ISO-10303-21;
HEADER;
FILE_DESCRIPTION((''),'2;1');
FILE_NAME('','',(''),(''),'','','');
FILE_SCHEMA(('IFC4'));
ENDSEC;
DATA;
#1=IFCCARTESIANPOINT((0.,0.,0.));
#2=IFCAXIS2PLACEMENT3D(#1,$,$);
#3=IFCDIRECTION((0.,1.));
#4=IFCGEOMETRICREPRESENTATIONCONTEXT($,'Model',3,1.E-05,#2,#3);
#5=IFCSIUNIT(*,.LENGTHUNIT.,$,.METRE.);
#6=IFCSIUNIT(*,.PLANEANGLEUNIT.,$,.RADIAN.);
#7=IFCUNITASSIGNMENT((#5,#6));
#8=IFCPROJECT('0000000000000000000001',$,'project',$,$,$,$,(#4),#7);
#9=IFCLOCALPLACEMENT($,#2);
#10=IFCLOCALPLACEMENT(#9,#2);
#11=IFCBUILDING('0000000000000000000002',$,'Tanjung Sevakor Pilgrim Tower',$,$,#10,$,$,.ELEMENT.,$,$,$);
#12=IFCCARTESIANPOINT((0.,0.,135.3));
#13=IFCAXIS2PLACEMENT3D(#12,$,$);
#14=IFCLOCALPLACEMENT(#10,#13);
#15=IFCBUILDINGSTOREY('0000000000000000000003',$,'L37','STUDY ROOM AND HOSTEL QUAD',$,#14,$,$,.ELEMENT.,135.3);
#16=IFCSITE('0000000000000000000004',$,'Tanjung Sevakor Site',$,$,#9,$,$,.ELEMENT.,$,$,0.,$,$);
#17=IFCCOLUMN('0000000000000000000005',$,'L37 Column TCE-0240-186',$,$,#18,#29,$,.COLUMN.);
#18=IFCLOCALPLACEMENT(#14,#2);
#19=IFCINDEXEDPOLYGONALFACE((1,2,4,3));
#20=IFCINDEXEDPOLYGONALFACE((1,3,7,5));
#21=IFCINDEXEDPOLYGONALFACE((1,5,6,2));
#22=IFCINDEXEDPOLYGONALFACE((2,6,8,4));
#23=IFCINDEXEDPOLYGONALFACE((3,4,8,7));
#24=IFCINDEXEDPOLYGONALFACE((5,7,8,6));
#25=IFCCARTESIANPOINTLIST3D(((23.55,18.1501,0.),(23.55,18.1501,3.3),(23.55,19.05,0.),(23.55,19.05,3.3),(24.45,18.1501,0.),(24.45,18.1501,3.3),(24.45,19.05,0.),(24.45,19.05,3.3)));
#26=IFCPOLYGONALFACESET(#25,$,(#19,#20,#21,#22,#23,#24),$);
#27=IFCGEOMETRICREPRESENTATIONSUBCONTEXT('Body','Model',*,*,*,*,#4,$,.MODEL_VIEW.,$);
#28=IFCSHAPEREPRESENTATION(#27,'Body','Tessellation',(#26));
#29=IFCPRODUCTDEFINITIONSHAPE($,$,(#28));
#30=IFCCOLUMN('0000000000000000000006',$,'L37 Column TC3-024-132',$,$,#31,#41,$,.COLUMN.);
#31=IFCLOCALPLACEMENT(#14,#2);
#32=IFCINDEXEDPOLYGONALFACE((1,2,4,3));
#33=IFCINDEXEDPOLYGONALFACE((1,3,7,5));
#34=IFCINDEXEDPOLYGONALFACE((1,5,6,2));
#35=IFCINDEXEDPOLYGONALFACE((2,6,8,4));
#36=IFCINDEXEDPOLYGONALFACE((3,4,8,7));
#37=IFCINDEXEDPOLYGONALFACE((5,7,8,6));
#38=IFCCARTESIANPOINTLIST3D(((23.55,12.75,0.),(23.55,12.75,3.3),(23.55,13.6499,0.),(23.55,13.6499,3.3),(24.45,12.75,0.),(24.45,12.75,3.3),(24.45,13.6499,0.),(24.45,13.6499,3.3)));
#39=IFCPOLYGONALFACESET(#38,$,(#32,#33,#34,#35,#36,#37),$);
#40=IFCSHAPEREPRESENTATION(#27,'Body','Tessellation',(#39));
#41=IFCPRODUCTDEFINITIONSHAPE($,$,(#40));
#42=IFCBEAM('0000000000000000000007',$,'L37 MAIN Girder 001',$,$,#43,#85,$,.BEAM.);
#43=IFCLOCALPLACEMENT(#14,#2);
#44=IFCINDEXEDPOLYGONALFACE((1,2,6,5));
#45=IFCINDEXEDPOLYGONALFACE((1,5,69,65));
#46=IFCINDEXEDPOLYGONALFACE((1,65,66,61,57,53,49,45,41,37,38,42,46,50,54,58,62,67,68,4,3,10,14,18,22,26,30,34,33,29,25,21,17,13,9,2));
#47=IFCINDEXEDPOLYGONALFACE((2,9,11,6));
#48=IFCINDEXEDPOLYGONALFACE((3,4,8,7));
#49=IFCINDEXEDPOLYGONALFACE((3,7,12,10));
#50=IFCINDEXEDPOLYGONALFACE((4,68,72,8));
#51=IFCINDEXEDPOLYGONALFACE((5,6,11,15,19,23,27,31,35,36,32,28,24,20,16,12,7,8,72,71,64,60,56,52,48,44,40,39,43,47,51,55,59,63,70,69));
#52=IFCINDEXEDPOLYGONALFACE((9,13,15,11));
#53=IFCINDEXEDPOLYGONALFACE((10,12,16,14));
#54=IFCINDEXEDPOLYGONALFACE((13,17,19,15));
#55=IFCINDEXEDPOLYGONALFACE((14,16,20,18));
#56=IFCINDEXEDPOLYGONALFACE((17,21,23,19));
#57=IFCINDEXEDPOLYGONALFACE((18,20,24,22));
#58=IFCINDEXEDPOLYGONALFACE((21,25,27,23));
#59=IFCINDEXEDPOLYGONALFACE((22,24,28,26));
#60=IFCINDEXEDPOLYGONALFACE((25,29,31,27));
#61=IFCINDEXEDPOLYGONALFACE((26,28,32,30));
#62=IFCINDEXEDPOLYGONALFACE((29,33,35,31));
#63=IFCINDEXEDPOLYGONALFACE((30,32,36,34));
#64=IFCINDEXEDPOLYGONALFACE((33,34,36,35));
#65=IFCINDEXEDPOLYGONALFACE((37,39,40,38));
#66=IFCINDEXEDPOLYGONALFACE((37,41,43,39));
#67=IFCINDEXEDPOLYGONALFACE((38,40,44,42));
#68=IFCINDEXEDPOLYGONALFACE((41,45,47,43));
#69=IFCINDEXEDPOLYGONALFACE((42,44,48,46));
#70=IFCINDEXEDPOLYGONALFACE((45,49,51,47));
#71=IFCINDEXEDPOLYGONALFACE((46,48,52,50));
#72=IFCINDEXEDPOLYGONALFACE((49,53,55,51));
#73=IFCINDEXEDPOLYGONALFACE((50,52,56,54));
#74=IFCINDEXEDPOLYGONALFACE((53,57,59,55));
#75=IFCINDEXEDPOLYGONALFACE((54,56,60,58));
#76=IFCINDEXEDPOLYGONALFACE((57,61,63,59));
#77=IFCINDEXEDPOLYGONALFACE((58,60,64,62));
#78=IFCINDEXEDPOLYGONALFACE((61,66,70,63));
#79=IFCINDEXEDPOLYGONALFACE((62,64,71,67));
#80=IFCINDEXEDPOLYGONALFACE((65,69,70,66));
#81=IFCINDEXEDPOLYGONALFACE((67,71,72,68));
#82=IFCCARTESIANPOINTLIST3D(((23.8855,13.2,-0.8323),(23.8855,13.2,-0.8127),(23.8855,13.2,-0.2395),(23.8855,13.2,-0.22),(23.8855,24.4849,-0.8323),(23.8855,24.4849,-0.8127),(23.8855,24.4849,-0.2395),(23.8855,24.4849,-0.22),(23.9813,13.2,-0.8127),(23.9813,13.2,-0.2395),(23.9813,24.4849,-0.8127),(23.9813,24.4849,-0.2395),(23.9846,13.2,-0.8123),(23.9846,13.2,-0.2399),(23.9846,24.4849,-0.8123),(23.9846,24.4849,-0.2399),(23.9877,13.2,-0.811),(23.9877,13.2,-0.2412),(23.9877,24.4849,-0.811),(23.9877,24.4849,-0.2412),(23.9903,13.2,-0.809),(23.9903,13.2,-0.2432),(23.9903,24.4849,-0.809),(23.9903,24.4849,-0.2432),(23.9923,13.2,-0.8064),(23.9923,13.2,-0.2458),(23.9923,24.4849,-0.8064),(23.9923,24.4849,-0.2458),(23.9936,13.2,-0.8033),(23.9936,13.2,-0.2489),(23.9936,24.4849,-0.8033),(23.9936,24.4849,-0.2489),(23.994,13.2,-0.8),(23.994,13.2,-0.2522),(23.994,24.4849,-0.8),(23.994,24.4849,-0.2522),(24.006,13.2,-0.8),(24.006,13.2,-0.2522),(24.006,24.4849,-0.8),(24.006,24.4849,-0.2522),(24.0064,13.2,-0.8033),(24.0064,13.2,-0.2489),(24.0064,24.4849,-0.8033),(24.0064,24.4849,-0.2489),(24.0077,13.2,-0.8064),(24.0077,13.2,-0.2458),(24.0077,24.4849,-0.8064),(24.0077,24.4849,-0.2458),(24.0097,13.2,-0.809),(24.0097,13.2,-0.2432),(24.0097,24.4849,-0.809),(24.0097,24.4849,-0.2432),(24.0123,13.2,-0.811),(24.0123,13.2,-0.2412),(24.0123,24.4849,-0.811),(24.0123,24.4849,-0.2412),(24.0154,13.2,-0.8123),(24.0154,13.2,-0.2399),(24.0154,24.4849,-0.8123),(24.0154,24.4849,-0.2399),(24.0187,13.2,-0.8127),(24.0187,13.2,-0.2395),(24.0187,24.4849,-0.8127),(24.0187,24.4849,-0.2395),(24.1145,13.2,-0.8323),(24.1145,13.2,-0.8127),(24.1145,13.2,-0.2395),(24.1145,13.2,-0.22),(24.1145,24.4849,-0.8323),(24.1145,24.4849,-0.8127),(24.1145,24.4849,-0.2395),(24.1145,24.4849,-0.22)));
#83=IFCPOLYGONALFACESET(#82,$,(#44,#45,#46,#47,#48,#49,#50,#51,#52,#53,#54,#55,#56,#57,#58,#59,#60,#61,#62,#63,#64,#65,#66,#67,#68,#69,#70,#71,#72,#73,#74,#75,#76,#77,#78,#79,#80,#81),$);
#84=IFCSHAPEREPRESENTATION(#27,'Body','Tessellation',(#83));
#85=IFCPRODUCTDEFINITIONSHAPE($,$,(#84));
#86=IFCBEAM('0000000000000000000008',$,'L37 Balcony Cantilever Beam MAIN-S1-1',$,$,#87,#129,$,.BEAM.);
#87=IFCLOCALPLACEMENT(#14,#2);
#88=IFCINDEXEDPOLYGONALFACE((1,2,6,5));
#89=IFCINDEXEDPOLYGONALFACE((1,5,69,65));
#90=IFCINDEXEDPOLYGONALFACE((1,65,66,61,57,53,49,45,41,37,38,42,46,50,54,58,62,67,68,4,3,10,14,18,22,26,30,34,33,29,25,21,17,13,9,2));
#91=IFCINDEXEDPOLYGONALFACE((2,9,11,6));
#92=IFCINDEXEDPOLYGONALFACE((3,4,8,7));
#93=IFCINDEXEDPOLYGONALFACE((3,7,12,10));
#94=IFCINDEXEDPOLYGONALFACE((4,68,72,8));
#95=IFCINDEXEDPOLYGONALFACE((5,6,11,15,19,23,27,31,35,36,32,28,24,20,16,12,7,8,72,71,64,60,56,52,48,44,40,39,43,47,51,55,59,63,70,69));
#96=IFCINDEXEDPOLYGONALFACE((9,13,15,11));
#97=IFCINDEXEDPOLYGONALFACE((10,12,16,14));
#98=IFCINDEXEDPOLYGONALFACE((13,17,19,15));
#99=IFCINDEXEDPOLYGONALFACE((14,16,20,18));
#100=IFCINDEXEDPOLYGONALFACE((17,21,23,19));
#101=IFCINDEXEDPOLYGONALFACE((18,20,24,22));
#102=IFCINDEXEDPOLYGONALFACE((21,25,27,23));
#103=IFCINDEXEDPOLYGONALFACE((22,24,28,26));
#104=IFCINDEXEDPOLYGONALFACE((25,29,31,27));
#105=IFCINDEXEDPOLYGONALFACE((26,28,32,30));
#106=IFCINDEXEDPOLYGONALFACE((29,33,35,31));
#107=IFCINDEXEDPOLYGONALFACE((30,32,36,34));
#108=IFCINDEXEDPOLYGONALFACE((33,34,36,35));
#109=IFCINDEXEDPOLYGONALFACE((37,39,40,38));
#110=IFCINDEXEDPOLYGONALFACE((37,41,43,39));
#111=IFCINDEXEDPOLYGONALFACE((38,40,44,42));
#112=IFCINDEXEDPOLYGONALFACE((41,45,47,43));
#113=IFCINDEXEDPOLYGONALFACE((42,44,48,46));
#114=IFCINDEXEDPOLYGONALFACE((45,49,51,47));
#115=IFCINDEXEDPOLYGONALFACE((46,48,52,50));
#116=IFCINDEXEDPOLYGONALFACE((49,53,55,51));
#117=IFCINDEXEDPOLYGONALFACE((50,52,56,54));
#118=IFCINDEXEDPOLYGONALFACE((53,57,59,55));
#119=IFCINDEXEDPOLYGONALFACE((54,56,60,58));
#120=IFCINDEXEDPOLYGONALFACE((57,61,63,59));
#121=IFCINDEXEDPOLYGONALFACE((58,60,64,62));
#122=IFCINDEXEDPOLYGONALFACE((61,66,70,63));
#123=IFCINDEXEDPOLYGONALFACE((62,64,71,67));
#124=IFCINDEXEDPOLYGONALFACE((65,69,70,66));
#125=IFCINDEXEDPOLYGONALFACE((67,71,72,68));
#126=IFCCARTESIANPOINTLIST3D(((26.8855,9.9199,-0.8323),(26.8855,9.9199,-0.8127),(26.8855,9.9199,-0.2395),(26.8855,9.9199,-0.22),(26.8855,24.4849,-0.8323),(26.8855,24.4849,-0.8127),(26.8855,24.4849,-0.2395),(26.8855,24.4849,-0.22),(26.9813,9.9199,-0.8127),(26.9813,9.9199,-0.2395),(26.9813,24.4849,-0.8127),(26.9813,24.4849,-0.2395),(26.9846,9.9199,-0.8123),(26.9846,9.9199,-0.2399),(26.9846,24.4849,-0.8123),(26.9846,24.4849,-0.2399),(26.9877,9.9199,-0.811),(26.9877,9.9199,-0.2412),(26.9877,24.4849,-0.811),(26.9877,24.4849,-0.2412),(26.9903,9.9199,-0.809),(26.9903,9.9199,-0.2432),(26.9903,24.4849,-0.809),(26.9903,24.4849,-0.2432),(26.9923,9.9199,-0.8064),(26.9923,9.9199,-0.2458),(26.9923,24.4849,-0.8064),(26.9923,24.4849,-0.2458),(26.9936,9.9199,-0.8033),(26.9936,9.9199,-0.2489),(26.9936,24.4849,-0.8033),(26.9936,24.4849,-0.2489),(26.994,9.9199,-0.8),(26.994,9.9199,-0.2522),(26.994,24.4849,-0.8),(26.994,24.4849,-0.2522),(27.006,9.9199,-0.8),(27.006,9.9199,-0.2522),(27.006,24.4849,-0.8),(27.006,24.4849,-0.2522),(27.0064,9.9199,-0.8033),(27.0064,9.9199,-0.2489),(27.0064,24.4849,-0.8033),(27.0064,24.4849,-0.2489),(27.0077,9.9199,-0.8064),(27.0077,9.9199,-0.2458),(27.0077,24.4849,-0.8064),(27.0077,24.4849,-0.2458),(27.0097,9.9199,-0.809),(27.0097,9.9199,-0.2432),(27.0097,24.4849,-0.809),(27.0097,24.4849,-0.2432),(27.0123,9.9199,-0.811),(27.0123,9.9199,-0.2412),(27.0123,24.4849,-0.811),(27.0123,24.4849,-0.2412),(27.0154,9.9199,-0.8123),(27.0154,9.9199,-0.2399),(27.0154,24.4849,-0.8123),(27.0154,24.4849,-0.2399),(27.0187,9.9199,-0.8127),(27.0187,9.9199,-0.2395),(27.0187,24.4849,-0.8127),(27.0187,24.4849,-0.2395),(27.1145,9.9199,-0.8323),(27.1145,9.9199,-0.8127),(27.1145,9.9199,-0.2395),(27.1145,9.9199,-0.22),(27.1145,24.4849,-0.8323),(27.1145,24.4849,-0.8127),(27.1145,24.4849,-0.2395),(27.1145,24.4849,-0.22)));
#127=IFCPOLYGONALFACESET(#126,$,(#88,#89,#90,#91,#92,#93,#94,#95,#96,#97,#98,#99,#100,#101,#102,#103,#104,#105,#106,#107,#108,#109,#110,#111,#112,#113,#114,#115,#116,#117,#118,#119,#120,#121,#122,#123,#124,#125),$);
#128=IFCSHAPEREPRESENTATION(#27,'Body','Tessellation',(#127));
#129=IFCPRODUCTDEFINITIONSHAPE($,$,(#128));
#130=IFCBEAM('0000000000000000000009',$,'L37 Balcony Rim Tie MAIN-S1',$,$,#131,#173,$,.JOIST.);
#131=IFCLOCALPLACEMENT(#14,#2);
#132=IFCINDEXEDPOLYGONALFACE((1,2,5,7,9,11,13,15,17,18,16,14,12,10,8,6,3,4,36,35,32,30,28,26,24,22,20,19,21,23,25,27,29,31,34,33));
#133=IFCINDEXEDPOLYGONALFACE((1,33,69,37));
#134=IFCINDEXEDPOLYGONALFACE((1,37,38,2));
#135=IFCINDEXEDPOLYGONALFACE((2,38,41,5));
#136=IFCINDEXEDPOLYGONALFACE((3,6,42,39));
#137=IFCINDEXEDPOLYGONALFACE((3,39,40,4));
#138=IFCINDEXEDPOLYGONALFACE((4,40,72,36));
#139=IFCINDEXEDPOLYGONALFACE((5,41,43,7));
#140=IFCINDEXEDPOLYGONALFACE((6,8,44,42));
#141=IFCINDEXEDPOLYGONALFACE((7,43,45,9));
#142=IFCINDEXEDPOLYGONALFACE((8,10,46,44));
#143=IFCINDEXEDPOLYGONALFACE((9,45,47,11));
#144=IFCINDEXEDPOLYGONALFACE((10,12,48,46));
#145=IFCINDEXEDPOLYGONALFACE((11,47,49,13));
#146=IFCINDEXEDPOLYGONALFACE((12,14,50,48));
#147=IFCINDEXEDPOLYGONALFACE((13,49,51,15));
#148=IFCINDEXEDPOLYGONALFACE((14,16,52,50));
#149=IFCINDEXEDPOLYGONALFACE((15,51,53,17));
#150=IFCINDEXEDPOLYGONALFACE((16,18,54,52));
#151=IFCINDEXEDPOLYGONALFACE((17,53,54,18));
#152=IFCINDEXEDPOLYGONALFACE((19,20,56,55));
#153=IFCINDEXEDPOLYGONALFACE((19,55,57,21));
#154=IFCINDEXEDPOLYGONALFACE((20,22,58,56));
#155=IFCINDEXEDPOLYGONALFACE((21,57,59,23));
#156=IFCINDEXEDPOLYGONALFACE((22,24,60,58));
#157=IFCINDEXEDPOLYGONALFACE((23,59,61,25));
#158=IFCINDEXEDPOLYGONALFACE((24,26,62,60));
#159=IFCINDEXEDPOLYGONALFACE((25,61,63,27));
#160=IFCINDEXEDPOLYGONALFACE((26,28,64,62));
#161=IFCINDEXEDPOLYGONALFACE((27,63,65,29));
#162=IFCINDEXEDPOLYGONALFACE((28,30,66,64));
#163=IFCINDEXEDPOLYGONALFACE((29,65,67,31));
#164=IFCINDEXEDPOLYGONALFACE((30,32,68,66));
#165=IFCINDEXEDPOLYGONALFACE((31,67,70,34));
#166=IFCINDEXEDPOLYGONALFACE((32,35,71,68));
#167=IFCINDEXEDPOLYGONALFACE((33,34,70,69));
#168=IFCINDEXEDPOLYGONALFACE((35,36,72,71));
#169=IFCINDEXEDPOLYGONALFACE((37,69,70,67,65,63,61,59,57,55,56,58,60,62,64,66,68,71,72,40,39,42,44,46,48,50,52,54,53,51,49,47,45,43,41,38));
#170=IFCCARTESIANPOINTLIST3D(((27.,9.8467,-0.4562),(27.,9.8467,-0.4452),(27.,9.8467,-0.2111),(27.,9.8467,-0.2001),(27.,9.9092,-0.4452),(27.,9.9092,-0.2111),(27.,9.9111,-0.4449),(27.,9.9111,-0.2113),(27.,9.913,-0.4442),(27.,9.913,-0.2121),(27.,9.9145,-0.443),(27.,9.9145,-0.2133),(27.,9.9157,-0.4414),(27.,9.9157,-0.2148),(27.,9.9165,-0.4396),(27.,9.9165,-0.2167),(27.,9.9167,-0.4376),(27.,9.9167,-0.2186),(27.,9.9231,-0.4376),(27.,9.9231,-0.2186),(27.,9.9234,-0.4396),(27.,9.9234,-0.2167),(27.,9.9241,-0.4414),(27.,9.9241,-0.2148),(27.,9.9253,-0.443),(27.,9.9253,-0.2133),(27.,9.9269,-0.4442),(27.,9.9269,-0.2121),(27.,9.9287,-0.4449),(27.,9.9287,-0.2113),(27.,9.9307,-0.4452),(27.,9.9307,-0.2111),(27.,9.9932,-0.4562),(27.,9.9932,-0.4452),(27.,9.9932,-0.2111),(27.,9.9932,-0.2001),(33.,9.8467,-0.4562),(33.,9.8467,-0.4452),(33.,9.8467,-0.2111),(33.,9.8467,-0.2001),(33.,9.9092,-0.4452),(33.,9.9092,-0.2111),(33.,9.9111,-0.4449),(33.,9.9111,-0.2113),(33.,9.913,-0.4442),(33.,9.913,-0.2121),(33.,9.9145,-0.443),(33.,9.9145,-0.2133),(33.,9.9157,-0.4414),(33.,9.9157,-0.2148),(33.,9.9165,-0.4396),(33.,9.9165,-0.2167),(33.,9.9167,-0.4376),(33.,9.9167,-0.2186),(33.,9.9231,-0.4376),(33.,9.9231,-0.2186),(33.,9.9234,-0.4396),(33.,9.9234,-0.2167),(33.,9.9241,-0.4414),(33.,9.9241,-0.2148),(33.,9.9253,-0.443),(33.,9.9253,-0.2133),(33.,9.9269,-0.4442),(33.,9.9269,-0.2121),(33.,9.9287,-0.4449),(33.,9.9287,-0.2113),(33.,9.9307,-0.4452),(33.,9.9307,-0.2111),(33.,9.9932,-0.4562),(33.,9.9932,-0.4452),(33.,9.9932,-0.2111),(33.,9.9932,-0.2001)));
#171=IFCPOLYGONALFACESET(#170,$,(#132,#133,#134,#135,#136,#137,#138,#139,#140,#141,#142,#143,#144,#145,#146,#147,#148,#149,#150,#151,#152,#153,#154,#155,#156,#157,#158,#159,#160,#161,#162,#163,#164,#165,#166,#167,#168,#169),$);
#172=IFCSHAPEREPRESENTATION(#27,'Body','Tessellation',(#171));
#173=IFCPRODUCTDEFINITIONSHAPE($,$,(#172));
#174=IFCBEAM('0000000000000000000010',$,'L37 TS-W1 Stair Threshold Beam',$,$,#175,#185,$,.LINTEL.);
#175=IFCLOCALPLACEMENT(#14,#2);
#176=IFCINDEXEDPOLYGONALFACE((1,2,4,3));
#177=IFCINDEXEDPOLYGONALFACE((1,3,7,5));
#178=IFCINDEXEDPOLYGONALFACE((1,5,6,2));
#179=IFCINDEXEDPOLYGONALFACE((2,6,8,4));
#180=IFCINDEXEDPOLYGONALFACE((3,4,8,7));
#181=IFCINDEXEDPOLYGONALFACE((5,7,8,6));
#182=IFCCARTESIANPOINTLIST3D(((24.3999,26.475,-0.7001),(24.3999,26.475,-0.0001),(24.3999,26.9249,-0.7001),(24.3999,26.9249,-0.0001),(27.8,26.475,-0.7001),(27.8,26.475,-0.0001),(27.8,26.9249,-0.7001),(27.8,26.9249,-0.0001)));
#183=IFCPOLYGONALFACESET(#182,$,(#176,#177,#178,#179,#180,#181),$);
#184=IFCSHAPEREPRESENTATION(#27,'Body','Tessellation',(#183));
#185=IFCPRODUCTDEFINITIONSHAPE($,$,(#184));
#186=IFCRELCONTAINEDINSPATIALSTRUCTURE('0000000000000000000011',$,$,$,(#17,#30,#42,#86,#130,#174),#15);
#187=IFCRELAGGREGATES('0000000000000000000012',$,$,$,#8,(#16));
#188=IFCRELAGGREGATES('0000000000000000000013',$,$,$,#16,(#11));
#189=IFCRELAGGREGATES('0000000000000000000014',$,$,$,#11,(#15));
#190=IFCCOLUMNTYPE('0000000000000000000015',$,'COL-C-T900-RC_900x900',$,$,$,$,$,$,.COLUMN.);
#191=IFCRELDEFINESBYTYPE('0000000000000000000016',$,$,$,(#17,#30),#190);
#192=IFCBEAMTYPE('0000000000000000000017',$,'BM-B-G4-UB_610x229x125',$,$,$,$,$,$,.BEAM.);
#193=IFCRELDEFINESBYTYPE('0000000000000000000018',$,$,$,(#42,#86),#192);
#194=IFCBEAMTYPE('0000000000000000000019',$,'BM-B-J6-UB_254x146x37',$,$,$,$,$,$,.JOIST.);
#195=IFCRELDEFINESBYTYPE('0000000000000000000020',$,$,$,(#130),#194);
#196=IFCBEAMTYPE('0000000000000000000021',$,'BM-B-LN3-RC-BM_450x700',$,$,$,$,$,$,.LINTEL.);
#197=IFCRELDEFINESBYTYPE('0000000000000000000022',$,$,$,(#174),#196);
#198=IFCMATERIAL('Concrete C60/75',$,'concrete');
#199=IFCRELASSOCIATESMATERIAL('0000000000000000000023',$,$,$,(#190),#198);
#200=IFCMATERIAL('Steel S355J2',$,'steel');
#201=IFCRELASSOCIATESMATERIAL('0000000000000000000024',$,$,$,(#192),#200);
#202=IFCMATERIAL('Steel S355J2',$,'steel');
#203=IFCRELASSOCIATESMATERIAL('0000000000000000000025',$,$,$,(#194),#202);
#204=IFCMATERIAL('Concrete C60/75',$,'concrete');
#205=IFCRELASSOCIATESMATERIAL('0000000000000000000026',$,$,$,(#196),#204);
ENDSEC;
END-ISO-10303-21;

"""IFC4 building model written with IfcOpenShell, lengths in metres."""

from ifc_helpers import new_model, si_unit, direction, frame, origin, origin_2d, place, context, subcontext, project, spatial, rectangle, i_section, extrude, material, material_profile, profile_set, type_object, element, save


model = new_model("IFC4")

# Units and contexts
model_context = context("Model", 3, precision=1e-05, world=origin(), true_north=direction((0.0, 1.0)))
body_context = subcontext(model_context, "Body", "Model", "MODEL_VIEW")
ifc_project = project(units=[si_unit("LENGTHUNIT", "METRE"), si_unit("PLANEANGLEUNIT", "RADIAN")], contexts=[model_context])

# Site, building, storey
site_placement = place(None, origin())
site = spatial("IfcSite", under=ifc_project, at=site_placement, Name="Tanjung Sevakor Site", CompositionType="ELEMENT", RefElevation=0.0)
building_placement = place(site_placement, origin())
building = spatial("IfcBuilding", under=site, at=building_placement, Name="Tanjung Sevakor Pilgrim Tower", CompositionType="ELEMENT")
storey_placement = place(building_placement, frame((0.0, 0.0, 135.3)))
storey = spatial("IfcBuildingStorey", under=building, at=storey_placement, Name="L37", Description="STUDY ROOM AND HOSTEL QUAD", CompositionType="ELEMENT", Elevation=135.3)

# Columns
ifc_material_1 = material(Name="Concrete C60/75", Category="concrete")
ifc_material_profile_1 = material_profile(ifc_material_1, rectangle(XDim=0.8999, YDim=0.8999, at=origin_2d()))
ifc_profile_set_1 = profile_set([ifc_material_profile_1], Name="Concrete C60/75")
column_type = type_object("IfcColumnType", Name="COL-C-T900-RC_900x900", PredefinedType="COLUMN", material=ifc_profile_set_1)
for number, where, z_axis, x_axis, name in (
    (1, (24.0, 18.6001, 0.0), (0.0, 0.0, 1.0), (1.0, 0.0, 0.0), "L37 Column TCE-0240-186"),
    (2, (24.0, 13.2, 0.0), (0.0, 0.0, 1.0), (1.0, 0.0, 0.0), "L37 Column TC3-024-132"),
):
    element("IfcColumn", number, at=place(storey_placement, frame(where, z_axis=z_axis, x_axis=x_axis)), inside=storey, type_object=column_type, Name=name, PredefinedType="COLUMN", context=body_context, shape_type="SweptSolid", body=[
        extrude(rectangle(XDim=0.8999, YDim=0.8999, at=origin_2d()), origin(), (0.0, 0.0, 1.0), 3.3),
    ])

# Beams
ifc_material_2 = material(Name="Steel S355J2", Category="steel")
ifc_material_profile_2 = material_profile(ifc_material_2, i_section(OverallWidth=0.229, OverallDepth=0.6123, WebThickness=0.012, FlangeThickness=0.0195, FilletRadius=0.0127, at=origin_2d()))
ifc_profile_set_2 = profile_set([ifc_material_profile_2], Name="Steel S355J2")
beam_type_1 = type_object("IfcBeamType", Name="BM-B-G4-UB_610x229x125", PredefinedType="BEAM", material=ifc_profile_set_2)
beam_1_placement = place(storey_placement, frame((24.0, 13.2, -0.5261), z_axis=(0.0, 1.0, 0.0), x_axis=(-1.0, 0.0, 0.0)))
element("IfcBeam", 3, at=beam_1_placement, inside=storey, type_object=beam_type_1, Name="L37 MAIN Girder 001", PredefinedType="BEAM", context=body_context, shape_type="SweptSolid", body=[
    extrude(i_section(OverallWidth=0.229, OverallDepth=0.6123, WebThickness=0.012, FlangeThickness=0.0195, FilletRadius=0.0127, at=origin_2d()), origin(), (0.0, 0.0, 1.0), 11.2849),
])
beam_2_placement = place(storey_placement, frame((27.0, 24.4849, -0.5261), z_axis=(0.0, -1.0, 0.0), x_axis=(1.0, 0.0, 0.0)))
element("IfcBeam", 4, at=beam_2_placement, inside=storey, type_object=beam_type_1, Name="L37 Balcony Cantilever Beam MAIN-S1-1", PredefinedType="BEAM", context=body_context, shape_type="SweptSolid", body=[
    extrude(i_section(OverallWidth=0.229, OverallDepth=0.6123, WebThickness=0.012, FlangeThickness=0.0195, FilletRadius=0.0127, at=origin_2d()), origin(), (0.0, 0.0, 1.0), 14.5649),
])
ifc_material_3 = material(Name="Steel S355J2", Category="steel")
ifc_material_profile_3 = material_profile(ifc_material_3, i_section(OverallWidth=0.1465, OverallDepth=0.2561, WebThickness=0.0063, FlangeThickness=0.011, FilletRadius=0.0076, at=origin_2d()))
ifc_profile_set_3 = profile_set([ifc_material_profile_3], Name="Steel S355J2")
beam_type_2 = type_object("IfcBeamType", Name="BM-B-J6-UB_254x146x37", PredefinedType="JOIST", material=ifc_profile_set_3)
beam_3_placement = place(storey_placement, frame((27.0, 9.9199, -0.3281), z_axis=(1.0, 0.0, 0.0), x_axis=(0.0, 1.0, 0.0)))
element("IfcBeam", 5, at=beam_3_placement, inside=storey, type_object=beam_type_2, Name="L37 Balcony Rim Tie MAIN-S1", PredefinedType="JOIST", context=body_context, shape_type="SweptSolid", body=[
    extrude(i_section(OverallWidth=0.1465, OverallDepth=0.2561, WebThickness=0.0063, FlangeThickness=0.011, FilletRadius=0.0076, at=origin_2d()), origin(), (0.0, 0.0, 1.0), 6.0),
])
ifc_material_4 = material(Name="Concrete C60/75", Category="concrete")
ifc_material_profile_4 = material_profile(ifc_material_4, rectangle(XDim=0.45, YDim=0.7, at=origin_2d()))
ifc_profile_set_4 = profile_set([ifc_material_profile_4], Name="Concrete C60/75")
beam_type_3 = type_object("IfcBeamType", Name="BM-B-LN3-RC-BM_450x700", PredefinedType="LINTEL", material=ifc_profile_set_4)
beam_4_placement = place(storey_placement, frame((24.3999, 26.7, -0.3501), z_axis=(1.0, 0.0, 0.0), x_axis=(0.0, 1.0, 0.0)))
element("IfcBeam", 6, at=beam_4_placement, inside=storey, type_object=beam_type_3, Name="L37 TS-W1 Stair Threshold Beam", PredefinedType="LINTEL", context=body_context, shape_type="SweptSolid", body=[
    extrude(rectangle(XDim=0.45, YDim=0.7, at=origin_2d()), origin(), (0.0, 0.0, 1.0), 3.4001),
])

save(model, "model.ifc")
